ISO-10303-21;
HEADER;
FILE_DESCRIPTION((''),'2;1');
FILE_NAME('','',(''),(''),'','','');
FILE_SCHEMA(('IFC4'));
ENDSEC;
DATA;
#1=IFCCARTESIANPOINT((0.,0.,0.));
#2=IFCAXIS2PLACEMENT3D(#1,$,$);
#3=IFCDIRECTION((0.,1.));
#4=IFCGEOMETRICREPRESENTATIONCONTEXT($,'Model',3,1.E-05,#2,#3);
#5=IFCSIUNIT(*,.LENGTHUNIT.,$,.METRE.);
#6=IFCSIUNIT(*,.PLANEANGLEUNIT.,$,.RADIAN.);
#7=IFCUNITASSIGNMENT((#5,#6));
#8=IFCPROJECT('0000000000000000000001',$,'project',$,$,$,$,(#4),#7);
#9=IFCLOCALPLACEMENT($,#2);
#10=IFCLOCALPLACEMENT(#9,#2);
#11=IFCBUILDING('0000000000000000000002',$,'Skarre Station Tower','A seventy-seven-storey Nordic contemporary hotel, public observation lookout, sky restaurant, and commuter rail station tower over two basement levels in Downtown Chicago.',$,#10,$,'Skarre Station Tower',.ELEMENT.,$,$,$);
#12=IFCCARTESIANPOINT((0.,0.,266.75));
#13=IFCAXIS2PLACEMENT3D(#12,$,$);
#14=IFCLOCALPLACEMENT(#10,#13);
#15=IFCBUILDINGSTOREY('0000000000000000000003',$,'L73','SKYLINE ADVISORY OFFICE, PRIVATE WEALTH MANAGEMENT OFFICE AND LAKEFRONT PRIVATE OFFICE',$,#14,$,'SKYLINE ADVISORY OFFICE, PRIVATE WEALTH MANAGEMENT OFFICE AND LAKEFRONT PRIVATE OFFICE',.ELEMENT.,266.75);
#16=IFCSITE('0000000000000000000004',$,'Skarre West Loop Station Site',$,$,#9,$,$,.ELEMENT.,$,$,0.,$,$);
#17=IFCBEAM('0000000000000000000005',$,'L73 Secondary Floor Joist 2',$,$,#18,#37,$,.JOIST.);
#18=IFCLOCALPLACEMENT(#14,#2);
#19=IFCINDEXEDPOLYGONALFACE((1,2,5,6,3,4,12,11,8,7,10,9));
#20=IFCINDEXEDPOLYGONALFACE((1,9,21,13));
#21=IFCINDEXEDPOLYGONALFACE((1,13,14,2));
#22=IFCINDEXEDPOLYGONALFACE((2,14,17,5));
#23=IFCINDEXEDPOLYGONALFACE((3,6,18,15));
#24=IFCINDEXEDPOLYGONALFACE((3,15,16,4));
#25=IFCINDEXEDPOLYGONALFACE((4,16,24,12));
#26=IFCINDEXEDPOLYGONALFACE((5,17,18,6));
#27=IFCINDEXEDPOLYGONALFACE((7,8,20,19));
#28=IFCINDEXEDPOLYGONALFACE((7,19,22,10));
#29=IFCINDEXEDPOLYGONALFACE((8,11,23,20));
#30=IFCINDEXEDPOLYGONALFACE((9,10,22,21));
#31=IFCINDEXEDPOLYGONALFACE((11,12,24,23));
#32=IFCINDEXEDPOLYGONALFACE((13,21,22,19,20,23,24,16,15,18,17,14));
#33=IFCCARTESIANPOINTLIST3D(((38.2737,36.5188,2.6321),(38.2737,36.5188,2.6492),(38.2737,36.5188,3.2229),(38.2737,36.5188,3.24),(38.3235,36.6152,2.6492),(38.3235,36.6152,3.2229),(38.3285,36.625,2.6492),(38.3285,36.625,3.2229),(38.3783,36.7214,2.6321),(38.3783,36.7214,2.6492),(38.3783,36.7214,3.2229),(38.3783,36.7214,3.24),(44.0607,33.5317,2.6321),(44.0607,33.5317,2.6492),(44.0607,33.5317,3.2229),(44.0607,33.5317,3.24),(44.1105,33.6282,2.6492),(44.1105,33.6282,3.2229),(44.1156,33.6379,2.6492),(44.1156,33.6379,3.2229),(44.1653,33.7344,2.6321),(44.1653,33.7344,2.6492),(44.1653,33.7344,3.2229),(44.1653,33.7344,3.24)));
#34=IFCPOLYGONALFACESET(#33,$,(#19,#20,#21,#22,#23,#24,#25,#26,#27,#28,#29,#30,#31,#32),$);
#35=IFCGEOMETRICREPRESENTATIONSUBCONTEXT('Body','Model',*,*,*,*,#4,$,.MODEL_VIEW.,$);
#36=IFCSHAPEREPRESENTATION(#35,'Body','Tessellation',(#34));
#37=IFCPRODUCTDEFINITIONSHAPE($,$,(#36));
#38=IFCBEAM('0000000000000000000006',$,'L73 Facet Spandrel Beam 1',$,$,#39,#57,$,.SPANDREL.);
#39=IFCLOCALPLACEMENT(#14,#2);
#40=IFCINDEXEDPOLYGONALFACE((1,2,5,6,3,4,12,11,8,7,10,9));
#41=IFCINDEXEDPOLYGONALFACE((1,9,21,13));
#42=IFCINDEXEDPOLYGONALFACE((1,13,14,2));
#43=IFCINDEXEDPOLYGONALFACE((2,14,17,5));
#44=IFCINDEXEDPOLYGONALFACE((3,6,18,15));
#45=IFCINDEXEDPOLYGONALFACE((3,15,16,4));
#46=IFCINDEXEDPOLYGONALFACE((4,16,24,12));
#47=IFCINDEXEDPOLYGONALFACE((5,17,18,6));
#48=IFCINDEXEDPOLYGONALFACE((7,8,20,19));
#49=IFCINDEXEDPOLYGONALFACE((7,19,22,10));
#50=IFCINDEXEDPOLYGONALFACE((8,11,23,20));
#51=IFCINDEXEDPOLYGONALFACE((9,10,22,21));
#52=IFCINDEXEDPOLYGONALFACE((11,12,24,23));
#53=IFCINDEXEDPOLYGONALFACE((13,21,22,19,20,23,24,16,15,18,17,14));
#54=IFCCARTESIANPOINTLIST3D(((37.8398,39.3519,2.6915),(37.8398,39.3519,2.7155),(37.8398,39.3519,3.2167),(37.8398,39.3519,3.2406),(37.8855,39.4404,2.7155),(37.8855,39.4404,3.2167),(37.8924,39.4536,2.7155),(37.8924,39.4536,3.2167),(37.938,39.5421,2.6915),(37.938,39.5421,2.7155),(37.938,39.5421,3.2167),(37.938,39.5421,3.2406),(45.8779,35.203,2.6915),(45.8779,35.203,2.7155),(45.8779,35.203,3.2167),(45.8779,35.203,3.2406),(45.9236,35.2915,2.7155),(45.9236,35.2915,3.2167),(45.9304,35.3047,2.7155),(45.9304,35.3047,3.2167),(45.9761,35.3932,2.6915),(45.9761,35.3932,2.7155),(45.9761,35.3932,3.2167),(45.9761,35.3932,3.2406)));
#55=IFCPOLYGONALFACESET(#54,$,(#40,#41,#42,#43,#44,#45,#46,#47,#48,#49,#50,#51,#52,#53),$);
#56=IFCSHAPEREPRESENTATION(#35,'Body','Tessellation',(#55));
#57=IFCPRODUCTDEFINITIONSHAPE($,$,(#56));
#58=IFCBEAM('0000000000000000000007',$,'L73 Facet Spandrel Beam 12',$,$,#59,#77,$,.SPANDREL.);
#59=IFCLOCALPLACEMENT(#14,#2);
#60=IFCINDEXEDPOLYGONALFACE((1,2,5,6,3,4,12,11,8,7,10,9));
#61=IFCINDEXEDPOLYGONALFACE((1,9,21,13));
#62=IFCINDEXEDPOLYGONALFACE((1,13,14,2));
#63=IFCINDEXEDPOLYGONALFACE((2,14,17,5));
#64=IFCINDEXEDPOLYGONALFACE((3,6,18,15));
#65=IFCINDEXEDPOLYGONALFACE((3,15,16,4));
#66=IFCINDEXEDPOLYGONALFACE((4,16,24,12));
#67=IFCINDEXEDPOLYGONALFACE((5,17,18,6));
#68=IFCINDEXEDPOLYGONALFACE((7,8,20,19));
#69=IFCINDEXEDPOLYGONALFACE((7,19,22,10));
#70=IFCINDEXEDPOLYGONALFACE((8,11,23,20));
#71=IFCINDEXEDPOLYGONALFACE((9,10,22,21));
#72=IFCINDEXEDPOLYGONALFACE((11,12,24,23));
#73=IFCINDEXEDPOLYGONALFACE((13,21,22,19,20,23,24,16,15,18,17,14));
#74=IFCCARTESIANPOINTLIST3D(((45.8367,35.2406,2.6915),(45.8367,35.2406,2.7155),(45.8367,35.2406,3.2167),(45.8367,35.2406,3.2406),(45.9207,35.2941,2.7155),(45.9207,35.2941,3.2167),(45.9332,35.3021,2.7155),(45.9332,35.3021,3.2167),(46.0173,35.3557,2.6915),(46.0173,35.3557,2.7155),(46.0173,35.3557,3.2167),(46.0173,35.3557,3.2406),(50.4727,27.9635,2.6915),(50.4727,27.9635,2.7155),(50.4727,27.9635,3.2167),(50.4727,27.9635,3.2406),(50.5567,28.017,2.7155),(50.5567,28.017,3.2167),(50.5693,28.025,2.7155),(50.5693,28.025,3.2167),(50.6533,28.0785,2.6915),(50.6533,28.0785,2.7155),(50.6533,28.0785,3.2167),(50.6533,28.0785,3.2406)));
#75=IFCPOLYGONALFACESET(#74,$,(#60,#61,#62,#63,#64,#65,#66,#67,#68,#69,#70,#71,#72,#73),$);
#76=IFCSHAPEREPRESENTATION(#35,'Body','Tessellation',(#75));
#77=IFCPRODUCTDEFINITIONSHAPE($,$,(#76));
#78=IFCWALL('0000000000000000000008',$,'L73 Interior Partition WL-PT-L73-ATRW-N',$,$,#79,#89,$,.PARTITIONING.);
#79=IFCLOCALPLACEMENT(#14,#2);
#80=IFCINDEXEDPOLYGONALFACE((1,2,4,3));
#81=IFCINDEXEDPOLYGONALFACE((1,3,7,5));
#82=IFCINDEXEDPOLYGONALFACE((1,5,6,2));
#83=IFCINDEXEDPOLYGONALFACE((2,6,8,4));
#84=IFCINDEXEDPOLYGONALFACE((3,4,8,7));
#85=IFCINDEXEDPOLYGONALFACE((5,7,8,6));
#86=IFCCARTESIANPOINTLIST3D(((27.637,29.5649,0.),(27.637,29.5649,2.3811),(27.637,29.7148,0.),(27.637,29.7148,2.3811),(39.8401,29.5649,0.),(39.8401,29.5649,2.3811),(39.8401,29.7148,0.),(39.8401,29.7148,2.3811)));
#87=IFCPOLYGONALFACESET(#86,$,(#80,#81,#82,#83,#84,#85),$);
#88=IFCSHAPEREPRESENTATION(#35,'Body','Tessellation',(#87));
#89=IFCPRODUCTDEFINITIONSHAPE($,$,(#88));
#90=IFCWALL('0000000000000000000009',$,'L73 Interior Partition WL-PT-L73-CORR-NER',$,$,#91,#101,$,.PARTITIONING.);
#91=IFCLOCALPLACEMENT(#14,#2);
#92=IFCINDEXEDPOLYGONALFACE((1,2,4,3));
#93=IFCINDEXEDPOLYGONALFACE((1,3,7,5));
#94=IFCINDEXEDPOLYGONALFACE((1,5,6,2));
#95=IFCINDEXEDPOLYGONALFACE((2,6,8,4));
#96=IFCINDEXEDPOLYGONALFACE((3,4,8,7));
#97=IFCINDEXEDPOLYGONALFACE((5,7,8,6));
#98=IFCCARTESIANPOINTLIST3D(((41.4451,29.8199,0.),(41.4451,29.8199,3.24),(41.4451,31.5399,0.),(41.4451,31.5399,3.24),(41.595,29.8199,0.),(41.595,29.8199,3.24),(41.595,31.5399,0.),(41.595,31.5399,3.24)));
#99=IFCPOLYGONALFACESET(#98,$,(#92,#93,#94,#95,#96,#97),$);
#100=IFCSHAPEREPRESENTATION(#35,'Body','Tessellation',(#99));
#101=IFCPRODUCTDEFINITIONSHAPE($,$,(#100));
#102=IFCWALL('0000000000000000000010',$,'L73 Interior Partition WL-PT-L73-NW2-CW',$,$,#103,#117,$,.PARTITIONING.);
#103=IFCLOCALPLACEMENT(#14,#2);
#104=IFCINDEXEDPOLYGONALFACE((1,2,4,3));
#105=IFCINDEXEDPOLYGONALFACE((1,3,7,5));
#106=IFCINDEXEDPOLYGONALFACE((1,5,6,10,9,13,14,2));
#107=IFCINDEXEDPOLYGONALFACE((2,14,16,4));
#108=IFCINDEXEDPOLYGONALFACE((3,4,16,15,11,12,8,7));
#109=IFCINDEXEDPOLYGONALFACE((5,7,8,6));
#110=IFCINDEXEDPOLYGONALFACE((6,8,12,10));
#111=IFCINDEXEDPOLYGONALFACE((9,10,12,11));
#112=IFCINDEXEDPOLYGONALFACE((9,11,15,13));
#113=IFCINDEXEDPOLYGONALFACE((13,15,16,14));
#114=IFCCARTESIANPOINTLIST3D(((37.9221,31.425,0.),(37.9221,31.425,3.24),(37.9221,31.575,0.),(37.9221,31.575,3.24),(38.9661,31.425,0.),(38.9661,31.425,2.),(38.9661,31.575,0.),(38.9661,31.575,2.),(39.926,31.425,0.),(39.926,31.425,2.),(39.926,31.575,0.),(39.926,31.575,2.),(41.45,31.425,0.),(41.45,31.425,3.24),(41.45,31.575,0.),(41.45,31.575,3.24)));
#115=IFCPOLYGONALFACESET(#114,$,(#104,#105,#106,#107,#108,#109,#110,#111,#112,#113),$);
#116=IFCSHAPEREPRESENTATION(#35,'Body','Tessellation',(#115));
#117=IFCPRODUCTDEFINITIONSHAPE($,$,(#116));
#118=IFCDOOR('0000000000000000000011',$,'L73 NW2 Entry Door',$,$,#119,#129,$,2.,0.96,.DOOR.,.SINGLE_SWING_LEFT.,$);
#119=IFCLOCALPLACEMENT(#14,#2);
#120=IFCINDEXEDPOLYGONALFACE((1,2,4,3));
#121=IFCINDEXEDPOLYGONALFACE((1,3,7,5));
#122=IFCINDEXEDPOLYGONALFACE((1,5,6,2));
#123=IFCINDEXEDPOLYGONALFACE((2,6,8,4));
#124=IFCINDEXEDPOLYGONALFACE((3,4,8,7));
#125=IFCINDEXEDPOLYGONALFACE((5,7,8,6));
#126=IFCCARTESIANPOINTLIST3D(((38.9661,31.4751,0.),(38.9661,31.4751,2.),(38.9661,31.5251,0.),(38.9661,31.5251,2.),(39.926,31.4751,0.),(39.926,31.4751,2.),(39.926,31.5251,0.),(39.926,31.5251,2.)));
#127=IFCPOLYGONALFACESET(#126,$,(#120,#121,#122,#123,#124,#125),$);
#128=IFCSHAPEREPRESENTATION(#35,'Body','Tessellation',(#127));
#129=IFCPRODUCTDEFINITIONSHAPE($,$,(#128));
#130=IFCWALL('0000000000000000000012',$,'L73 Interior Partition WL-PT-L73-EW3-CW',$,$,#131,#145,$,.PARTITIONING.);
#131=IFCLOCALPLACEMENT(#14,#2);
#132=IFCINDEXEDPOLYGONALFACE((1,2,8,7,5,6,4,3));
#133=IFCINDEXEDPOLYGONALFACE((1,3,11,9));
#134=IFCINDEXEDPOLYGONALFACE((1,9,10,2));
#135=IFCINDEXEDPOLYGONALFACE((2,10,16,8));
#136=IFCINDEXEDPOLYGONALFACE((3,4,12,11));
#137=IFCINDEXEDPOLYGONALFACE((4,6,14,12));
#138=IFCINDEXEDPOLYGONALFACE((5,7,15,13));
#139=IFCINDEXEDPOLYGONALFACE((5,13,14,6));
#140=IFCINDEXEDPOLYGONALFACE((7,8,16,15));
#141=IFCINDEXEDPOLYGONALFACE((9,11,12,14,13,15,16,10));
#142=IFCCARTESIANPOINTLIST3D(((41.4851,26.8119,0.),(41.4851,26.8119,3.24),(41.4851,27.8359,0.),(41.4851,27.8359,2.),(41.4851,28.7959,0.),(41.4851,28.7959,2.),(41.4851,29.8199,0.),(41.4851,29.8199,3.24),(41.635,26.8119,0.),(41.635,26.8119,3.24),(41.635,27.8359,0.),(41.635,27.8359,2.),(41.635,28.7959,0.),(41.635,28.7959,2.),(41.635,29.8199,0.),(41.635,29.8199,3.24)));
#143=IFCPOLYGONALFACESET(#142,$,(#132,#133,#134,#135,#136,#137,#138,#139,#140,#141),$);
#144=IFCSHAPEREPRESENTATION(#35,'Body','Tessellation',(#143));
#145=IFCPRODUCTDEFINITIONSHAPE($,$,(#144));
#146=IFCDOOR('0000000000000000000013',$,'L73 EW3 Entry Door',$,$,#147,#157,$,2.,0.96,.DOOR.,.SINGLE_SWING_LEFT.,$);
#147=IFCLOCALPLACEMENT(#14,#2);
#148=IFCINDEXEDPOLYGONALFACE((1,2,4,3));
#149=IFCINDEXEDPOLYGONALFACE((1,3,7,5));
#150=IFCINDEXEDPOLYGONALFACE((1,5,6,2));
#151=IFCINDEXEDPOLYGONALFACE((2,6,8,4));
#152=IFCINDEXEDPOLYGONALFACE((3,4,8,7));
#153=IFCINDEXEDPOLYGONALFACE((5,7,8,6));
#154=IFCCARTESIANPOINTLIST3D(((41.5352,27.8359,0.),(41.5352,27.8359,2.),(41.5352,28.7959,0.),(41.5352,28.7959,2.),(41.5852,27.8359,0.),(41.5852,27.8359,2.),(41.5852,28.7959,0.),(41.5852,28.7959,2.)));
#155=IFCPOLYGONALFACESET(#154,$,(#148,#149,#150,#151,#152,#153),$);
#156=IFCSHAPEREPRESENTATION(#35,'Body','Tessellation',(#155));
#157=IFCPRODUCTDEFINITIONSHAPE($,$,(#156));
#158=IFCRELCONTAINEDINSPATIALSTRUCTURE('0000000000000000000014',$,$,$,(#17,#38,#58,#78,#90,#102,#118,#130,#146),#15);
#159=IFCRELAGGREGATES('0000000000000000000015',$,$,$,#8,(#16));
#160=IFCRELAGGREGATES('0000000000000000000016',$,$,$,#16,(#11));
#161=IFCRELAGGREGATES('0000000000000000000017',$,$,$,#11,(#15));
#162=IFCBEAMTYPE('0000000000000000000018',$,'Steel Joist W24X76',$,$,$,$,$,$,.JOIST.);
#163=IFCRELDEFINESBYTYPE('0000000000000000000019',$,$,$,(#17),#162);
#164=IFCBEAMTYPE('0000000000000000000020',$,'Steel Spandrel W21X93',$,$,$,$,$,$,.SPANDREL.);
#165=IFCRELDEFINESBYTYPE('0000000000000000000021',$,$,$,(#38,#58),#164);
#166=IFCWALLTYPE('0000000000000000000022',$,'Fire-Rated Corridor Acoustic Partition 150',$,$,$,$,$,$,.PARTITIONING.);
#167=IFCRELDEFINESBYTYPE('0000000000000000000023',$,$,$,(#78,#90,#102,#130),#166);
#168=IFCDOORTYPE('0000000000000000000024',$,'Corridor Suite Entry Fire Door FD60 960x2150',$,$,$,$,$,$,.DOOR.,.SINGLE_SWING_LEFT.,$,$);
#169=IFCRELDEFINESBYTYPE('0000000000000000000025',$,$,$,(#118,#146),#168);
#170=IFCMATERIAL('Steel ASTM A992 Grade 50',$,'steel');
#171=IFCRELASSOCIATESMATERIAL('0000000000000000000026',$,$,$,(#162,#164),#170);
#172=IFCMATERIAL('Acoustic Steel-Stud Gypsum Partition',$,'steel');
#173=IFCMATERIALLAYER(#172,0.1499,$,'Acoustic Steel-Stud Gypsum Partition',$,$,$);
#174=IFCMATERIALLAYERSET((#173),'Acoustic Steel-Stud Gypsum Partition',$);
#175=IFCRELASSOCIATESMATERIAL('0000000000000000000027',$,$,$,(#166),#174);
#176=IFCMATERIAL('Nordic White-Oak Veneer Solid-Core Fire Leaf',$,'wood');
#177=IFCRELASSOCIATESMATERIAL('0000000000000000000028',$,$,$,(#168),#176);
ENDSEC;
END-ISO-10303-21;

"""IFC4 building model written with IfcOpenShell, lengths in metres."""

from ifc_helpers import new_model, si_unit, direction, frame, frame_2d, origin, origin_2d, place, context, subcontext, project, spatial, rectangle, i_section, extrude, material, layer, layer_set, material_profile, profile_set, type_object, element, fill, save


model = new_model("IFC4")

# Units and contexts
model_context = context("Model", 3, precision=1e-05, world=origin(), true_north=direction((0.0, 1.0)))
body_context = subcontext(model_context, "Body", "Model", "MODEL_VIEW")
ifc_project = project(units=[si_unit("LENGTHUNIT", "METRE"), si_unit("PLANEANGLEUNIT", "RADIAN")], contexts=[model_context])

# Site, building, storey
site_placement = place(None, origin())
site = spatial("IfcSite", under=ifc_project, at=site_placement, Name="Skarre West Loop Station Site", CompositionType="ELEMENT", RefElevation=0.0)
building_placement = place(site_placement, origin())
building = spatial("IfcBuilding", under=site, at=building_placement, Name="Skarre Station Tower", Description="A seventy-seven-storey Nordic contemporary hotel, public observation lookout, sky restaurant, and commuter rail station tower over two basement levels in Downtown Chicago.", LongName="Skarre Station Tower", CompositionType="ELEMENT")
storey_placement = place(building_placement, frame((0.0, 0.0, 266.75)))
storey = spatial("IfcBuildingStorey", under=building, at=storey_placement, Name="L73", Description="SKYLINE ADVISORY OFFICE, PRIVATE WEALTH MANAGEMENT OFFICE AND LAKEFRONT PRIVATE OFFICE", LongName="SKYLINE ADVISORY OFFICE, PRIVATE WEALTH MANAGEMENT OFFICE AND LAKEFRONT PRIVATE OFFICE", CompositionType="ELEMENT", Elevation=266.75)

# Beams
ifc_material_1 = material(Name="Steel ASTM A992 Grade 50", Category="steel")
ifc_material_profile_1 = material_profile(ifc_material_1, i_section(OverallWidth=0.228, OverallDepth=0.6079, WebThickness=0.011, FlangeThickness=0.0171, at=origin_2d()), Name="Steel ASTM A992 Grade 50")
ifc_profile_set_1 = profile_set([ifc_material_profile_1], Name="Steel ASTM A992 Grade 50")
beam_type_1 = type_object("IfcBeamType", Name="Steel Joist W24X76", PredefinedType="JOIST", material=ifc_profile_set_1)
beam_1_placement = place(storey_placement, frame((44.113, 33.6331, 2.936), z_axis=(-0.88861, 0.458663, 0.0), x_axis=(-0.458663, -0.88861, 0.0)))
element("IfcBeam", 1, at=beam_1_placement, inside=storey, type_object=beam_type_1, Name="L73 Secondary Floor Joist 2", PredefinedType="JOIST", context=body_context, shape_type="SweptSolid", body=[
    extrude(i_section(OverallWidth=0.228, OverallDepth=0.6079, WebThickness=0.011, FlangeThickness=0.0171, at=origin_2d()), origin(), (0.0, 0.0, 1.0), 6.5125),
])
ifc_material_profile_2 = material_profile(ifc_material_1, i_section(OverallWidth=0.2141, OverallDepth=0.5491, WebThickness=0.0149, FlangeThickness=0.0239, at=origin_2d()), Name="Steel ASTM A992 Grade 50")
ifc_profile_set_2 = profile_set([ifc_material_profile_2], Name="Steel ASTM A992 Grade 50")
beam_type_2 = type_object("IfcBeamType", Name="Steel Spandrel W21X93", PredefinedType="SPANDREL", material=ifc_profile_set_2)
beam_2_placement = place(storey_placement, frame((45.927, 35.2981, 2.9661), z_axis=(-0.88861, 0.458664, 0.0), x_axis=(-0.458664, -0.88861, 0.0)))
element("IfcBeam", 2, at=beam_2_placement, inside=storey, type_object=beam_type_2, Name="L73 Facet Spandrel Beam 1", PredefinedType="SPANDREL", context=body_context, shape_type="SweptSolid", body=[
    extrude(i_section(OverallWidth=0.2141, OverallDepth=0.5491, WebThickness=0.0149, FlangeThickness=0.0239, at=origin_2d()), origin(), (0.0, 0.0, 1.0), 9.0457),
])
beam_3_placement = place(storey_placement, frame((50.563, 28.021, 2.9661), z_axis=(-0.537297, 0.843393, 0.0), x_axis=(-0.843393, -0.537297, 0.0)))
element("IfcBeam", 3, at=beam_3_placement, inside=storey, type_object=beam_type_2, Name="L73 Facet Spandrel Beam 12", PredefinedType="SPANDREL", context=body_context, shape_type="SweptSolid", body=[
    extrude(i_section(OverallWidth=0.2141, OverallDepth=0.5491, WebThickness=0.0149, FlangeThickness=0.0239, at=origin_2d()), origin(), (0.0, 0.0, 1.0), 8.6284),
])

# Walls
ifc_material_2 = material(Name="Acoustic Steel-Stud Gypsum Partition", Category="steel")
ifc_layer_1 = layer(ifc_material_2, 0.1499, Name="Acoustic Steel-Stud Gypsum Partition")
ifc_layer_set_1 = layer_set([ifc_layer_1], Name="Acoustic Steel-Stud Gypsum Partition")
wall_type_1 = type_object("IfcWallType", Name="Fire-Rated Corridor Acoustic Partition 150", PredefinedType="PARTITIONING", material=ifc_layer_set_1)
wall_1_placement = place(storey_placement, frame((39.8401, 29.6399, 0.0), z_axis=(0.0, 0.0, 1.0), x_axis=(-1.0, 0.0, 0.0)))
element("IfcWall", 4, at=wall_1_placement, inside=storey, type_object=wall_type_1, Name="L73 Interior Partition WL-PT-L73-ATRW-N", PredefinedType="PARTITIONING", context=body_context, shape_type="SweptSolid", body=[
    extrude(rectangle(XDim=12.2031, YDim=0.1499, at=frame_2d((6.1016, 0.0))), origin(), (0.0, 0.0, 1.0), 2.3811),
])
wall_2_placement = place(storey_placement, frame((41.52, 29.8201, 0.0), z_axis=(0.0, 0.0, 1.0), x_axis=(0.0, 1.0, 0.0)))
element("IfcWall", 5, at=wall_2_placement, inside=storey, type_object=wall_type_1, Name="L73 Interior Partition WL-PT-L73-CORR-NER", PredefinedType="PARTITIONING", context=body_context, shape_type="SweptSolid", body=[
    extrude(rectangle(XDim=1.72, YDim=0.1499, at=frame_2d((0.8599, 0.0))), origin(), (0.0, 0.0, 1.0), 3.24),
])

# Walls, openings, doors
wall_3_placement = place(storey_placement, frame((41.45, 31.5, 0.0), z_axis=(0.0, 0.0, 1.0), x_axis=(-1.0, 0.0, 0.0)))
wall_3 = element("IfcWall", 6, at=wall_3_placement, inside=storey, type_object=wall_type_1, Name="L73 Interior Partition WL-PT-L73-NW2-CW", PredefinedType="PARTITIONING", context=body_context, shape_type="SweptSolid", body=[
    extrude(rectangle(XDim=3.5278, YDim=0.1499, at=frame_2d((1.7639, 0.0))), origin(), (0.0, 0.0, 1.0), 3.24),
])
opening_1_placement = place(wall_3_placement, frame((1.5239, 0.0, 0.0)))
opening_1 = element("IfcOpeningElement", 7, at=opening_1_placement, cuts=wall_3, PredefinedType="OPENING", context=body_context, shape_type="SweptSolid", body=[
    extrude(rectangle(XDim=0.96, YDim=2.0, at=frame_2d((0.48, 1.0))), frame((0.0, 0.085, 0.0), z_axis=(0.0, -1.0, 0.0), x_axis=(1.0, 0.0, 0.0)), (0.0, 0.0, 1.0), 0.1699),
])
ifc_material_3 = material(Name="Nordic White-Oak Veneer Solid-Core Fire Leaf", Category="wood")
door_type_1 = type_object("IfcDoorType", Name="Corridor Suite Entry Fire Door FD60 960x2150", OperationType="SINGLE_SWING_LEFT", PredefinedType="DOOR", material=ifc_material_3)
door_1_placement = place(opening_1_placement, origin())
door_1 = element("IfcDoor", 8, at=door_1_placement, inside=storey, type_object=door_type_1, Name="L73 NW2 Entry Door", OperationType="SINGLE_SWING_LEFT", OverallHeight=2.0, OverallWidth=0.96, PredefinedType="DOOR", context=body_context, shape_type="SweptSolid", body=[
    extrude(rectangle(XDim=0.96, YDim=2.0, at=frame_2d((0.48, 1.0))), frame((0.0, 0.0249, 0.0), z_axis=(0.0, -1.0, 0.0), x_axis=(1.0, 0.0, 0.0)), (0.0, 0.0, 1.0), 0.05),
])
fill(opening_1, door_1)
wall_4_placement = place(storey_placement, frame((41.5601, 26.812, 0.0), z_axis=(0.0, 0.0, 1.0), x_axis=(0.0, 1.0, 0.0)))
wall_4 = element("IfcWall", 9, at=wall_4_placement, inside=storey, type_object=wall_type_1, Name="L73 Interior Partition WL-PT-L73-EW3-CW", PredefinedType="PARTITIONING", context=body_context, shape_type="SweptSolid", body=[
    extrude(rectangle(XDim=3.0081, YDim=0.1499, at=frame_2d((1.5039, 0.0))), origin(), (0.0, 0.0, 1.0), 3.24),
])
opening_2_placement = place(wall_4_placement, frame((1.0239, 0.0, 0.0)))
opening_2 = element("IfcOpeningElement", 10, at=opening_2_placement, cuts=wall_4, PredefinedType="OPENING", context=body_context, shape_type="SweptSolid", body=[
    extrude(rectangle(XDim=0.96, YDim=2.0, at=frame_2d((0.48, 1.0))), frame((0.0, 0.085, 0.0), z_axis=(0.0, -1.0, 0.0), x_axis=(1.0, 0.0, 0.0)), (0.0, 0.0, 1.0), 0.1699),
])
door_2_placement = place(opening_2_placement, origin())
door_2 = element("IfcDoor", 11, at=door_2_placement, inside=storey, type_object=door_type_1, Name="L73 EW3 Entry Door", OperationType="SINGLE_SWING_LEFT", OverallHeight=2.0, OverallWidth=0.96, PredefinedType="DOOR", context=body_context, shape_type="SweptSolid", body=[
    extrude(rectangle(XDim=0.96, YDim=2.0, at=frame_2d((0.48, 1.0))), frame((0.0, 0.0249, 0.0), z_axis=(0.0, -1.0, 0.0), x_axis=(1.0, 0.0, 0.0)), (0.0, 0.0, 1.0), 0.05),
])
fill(opening_2, door_2)

save(model, "model.ifc")
